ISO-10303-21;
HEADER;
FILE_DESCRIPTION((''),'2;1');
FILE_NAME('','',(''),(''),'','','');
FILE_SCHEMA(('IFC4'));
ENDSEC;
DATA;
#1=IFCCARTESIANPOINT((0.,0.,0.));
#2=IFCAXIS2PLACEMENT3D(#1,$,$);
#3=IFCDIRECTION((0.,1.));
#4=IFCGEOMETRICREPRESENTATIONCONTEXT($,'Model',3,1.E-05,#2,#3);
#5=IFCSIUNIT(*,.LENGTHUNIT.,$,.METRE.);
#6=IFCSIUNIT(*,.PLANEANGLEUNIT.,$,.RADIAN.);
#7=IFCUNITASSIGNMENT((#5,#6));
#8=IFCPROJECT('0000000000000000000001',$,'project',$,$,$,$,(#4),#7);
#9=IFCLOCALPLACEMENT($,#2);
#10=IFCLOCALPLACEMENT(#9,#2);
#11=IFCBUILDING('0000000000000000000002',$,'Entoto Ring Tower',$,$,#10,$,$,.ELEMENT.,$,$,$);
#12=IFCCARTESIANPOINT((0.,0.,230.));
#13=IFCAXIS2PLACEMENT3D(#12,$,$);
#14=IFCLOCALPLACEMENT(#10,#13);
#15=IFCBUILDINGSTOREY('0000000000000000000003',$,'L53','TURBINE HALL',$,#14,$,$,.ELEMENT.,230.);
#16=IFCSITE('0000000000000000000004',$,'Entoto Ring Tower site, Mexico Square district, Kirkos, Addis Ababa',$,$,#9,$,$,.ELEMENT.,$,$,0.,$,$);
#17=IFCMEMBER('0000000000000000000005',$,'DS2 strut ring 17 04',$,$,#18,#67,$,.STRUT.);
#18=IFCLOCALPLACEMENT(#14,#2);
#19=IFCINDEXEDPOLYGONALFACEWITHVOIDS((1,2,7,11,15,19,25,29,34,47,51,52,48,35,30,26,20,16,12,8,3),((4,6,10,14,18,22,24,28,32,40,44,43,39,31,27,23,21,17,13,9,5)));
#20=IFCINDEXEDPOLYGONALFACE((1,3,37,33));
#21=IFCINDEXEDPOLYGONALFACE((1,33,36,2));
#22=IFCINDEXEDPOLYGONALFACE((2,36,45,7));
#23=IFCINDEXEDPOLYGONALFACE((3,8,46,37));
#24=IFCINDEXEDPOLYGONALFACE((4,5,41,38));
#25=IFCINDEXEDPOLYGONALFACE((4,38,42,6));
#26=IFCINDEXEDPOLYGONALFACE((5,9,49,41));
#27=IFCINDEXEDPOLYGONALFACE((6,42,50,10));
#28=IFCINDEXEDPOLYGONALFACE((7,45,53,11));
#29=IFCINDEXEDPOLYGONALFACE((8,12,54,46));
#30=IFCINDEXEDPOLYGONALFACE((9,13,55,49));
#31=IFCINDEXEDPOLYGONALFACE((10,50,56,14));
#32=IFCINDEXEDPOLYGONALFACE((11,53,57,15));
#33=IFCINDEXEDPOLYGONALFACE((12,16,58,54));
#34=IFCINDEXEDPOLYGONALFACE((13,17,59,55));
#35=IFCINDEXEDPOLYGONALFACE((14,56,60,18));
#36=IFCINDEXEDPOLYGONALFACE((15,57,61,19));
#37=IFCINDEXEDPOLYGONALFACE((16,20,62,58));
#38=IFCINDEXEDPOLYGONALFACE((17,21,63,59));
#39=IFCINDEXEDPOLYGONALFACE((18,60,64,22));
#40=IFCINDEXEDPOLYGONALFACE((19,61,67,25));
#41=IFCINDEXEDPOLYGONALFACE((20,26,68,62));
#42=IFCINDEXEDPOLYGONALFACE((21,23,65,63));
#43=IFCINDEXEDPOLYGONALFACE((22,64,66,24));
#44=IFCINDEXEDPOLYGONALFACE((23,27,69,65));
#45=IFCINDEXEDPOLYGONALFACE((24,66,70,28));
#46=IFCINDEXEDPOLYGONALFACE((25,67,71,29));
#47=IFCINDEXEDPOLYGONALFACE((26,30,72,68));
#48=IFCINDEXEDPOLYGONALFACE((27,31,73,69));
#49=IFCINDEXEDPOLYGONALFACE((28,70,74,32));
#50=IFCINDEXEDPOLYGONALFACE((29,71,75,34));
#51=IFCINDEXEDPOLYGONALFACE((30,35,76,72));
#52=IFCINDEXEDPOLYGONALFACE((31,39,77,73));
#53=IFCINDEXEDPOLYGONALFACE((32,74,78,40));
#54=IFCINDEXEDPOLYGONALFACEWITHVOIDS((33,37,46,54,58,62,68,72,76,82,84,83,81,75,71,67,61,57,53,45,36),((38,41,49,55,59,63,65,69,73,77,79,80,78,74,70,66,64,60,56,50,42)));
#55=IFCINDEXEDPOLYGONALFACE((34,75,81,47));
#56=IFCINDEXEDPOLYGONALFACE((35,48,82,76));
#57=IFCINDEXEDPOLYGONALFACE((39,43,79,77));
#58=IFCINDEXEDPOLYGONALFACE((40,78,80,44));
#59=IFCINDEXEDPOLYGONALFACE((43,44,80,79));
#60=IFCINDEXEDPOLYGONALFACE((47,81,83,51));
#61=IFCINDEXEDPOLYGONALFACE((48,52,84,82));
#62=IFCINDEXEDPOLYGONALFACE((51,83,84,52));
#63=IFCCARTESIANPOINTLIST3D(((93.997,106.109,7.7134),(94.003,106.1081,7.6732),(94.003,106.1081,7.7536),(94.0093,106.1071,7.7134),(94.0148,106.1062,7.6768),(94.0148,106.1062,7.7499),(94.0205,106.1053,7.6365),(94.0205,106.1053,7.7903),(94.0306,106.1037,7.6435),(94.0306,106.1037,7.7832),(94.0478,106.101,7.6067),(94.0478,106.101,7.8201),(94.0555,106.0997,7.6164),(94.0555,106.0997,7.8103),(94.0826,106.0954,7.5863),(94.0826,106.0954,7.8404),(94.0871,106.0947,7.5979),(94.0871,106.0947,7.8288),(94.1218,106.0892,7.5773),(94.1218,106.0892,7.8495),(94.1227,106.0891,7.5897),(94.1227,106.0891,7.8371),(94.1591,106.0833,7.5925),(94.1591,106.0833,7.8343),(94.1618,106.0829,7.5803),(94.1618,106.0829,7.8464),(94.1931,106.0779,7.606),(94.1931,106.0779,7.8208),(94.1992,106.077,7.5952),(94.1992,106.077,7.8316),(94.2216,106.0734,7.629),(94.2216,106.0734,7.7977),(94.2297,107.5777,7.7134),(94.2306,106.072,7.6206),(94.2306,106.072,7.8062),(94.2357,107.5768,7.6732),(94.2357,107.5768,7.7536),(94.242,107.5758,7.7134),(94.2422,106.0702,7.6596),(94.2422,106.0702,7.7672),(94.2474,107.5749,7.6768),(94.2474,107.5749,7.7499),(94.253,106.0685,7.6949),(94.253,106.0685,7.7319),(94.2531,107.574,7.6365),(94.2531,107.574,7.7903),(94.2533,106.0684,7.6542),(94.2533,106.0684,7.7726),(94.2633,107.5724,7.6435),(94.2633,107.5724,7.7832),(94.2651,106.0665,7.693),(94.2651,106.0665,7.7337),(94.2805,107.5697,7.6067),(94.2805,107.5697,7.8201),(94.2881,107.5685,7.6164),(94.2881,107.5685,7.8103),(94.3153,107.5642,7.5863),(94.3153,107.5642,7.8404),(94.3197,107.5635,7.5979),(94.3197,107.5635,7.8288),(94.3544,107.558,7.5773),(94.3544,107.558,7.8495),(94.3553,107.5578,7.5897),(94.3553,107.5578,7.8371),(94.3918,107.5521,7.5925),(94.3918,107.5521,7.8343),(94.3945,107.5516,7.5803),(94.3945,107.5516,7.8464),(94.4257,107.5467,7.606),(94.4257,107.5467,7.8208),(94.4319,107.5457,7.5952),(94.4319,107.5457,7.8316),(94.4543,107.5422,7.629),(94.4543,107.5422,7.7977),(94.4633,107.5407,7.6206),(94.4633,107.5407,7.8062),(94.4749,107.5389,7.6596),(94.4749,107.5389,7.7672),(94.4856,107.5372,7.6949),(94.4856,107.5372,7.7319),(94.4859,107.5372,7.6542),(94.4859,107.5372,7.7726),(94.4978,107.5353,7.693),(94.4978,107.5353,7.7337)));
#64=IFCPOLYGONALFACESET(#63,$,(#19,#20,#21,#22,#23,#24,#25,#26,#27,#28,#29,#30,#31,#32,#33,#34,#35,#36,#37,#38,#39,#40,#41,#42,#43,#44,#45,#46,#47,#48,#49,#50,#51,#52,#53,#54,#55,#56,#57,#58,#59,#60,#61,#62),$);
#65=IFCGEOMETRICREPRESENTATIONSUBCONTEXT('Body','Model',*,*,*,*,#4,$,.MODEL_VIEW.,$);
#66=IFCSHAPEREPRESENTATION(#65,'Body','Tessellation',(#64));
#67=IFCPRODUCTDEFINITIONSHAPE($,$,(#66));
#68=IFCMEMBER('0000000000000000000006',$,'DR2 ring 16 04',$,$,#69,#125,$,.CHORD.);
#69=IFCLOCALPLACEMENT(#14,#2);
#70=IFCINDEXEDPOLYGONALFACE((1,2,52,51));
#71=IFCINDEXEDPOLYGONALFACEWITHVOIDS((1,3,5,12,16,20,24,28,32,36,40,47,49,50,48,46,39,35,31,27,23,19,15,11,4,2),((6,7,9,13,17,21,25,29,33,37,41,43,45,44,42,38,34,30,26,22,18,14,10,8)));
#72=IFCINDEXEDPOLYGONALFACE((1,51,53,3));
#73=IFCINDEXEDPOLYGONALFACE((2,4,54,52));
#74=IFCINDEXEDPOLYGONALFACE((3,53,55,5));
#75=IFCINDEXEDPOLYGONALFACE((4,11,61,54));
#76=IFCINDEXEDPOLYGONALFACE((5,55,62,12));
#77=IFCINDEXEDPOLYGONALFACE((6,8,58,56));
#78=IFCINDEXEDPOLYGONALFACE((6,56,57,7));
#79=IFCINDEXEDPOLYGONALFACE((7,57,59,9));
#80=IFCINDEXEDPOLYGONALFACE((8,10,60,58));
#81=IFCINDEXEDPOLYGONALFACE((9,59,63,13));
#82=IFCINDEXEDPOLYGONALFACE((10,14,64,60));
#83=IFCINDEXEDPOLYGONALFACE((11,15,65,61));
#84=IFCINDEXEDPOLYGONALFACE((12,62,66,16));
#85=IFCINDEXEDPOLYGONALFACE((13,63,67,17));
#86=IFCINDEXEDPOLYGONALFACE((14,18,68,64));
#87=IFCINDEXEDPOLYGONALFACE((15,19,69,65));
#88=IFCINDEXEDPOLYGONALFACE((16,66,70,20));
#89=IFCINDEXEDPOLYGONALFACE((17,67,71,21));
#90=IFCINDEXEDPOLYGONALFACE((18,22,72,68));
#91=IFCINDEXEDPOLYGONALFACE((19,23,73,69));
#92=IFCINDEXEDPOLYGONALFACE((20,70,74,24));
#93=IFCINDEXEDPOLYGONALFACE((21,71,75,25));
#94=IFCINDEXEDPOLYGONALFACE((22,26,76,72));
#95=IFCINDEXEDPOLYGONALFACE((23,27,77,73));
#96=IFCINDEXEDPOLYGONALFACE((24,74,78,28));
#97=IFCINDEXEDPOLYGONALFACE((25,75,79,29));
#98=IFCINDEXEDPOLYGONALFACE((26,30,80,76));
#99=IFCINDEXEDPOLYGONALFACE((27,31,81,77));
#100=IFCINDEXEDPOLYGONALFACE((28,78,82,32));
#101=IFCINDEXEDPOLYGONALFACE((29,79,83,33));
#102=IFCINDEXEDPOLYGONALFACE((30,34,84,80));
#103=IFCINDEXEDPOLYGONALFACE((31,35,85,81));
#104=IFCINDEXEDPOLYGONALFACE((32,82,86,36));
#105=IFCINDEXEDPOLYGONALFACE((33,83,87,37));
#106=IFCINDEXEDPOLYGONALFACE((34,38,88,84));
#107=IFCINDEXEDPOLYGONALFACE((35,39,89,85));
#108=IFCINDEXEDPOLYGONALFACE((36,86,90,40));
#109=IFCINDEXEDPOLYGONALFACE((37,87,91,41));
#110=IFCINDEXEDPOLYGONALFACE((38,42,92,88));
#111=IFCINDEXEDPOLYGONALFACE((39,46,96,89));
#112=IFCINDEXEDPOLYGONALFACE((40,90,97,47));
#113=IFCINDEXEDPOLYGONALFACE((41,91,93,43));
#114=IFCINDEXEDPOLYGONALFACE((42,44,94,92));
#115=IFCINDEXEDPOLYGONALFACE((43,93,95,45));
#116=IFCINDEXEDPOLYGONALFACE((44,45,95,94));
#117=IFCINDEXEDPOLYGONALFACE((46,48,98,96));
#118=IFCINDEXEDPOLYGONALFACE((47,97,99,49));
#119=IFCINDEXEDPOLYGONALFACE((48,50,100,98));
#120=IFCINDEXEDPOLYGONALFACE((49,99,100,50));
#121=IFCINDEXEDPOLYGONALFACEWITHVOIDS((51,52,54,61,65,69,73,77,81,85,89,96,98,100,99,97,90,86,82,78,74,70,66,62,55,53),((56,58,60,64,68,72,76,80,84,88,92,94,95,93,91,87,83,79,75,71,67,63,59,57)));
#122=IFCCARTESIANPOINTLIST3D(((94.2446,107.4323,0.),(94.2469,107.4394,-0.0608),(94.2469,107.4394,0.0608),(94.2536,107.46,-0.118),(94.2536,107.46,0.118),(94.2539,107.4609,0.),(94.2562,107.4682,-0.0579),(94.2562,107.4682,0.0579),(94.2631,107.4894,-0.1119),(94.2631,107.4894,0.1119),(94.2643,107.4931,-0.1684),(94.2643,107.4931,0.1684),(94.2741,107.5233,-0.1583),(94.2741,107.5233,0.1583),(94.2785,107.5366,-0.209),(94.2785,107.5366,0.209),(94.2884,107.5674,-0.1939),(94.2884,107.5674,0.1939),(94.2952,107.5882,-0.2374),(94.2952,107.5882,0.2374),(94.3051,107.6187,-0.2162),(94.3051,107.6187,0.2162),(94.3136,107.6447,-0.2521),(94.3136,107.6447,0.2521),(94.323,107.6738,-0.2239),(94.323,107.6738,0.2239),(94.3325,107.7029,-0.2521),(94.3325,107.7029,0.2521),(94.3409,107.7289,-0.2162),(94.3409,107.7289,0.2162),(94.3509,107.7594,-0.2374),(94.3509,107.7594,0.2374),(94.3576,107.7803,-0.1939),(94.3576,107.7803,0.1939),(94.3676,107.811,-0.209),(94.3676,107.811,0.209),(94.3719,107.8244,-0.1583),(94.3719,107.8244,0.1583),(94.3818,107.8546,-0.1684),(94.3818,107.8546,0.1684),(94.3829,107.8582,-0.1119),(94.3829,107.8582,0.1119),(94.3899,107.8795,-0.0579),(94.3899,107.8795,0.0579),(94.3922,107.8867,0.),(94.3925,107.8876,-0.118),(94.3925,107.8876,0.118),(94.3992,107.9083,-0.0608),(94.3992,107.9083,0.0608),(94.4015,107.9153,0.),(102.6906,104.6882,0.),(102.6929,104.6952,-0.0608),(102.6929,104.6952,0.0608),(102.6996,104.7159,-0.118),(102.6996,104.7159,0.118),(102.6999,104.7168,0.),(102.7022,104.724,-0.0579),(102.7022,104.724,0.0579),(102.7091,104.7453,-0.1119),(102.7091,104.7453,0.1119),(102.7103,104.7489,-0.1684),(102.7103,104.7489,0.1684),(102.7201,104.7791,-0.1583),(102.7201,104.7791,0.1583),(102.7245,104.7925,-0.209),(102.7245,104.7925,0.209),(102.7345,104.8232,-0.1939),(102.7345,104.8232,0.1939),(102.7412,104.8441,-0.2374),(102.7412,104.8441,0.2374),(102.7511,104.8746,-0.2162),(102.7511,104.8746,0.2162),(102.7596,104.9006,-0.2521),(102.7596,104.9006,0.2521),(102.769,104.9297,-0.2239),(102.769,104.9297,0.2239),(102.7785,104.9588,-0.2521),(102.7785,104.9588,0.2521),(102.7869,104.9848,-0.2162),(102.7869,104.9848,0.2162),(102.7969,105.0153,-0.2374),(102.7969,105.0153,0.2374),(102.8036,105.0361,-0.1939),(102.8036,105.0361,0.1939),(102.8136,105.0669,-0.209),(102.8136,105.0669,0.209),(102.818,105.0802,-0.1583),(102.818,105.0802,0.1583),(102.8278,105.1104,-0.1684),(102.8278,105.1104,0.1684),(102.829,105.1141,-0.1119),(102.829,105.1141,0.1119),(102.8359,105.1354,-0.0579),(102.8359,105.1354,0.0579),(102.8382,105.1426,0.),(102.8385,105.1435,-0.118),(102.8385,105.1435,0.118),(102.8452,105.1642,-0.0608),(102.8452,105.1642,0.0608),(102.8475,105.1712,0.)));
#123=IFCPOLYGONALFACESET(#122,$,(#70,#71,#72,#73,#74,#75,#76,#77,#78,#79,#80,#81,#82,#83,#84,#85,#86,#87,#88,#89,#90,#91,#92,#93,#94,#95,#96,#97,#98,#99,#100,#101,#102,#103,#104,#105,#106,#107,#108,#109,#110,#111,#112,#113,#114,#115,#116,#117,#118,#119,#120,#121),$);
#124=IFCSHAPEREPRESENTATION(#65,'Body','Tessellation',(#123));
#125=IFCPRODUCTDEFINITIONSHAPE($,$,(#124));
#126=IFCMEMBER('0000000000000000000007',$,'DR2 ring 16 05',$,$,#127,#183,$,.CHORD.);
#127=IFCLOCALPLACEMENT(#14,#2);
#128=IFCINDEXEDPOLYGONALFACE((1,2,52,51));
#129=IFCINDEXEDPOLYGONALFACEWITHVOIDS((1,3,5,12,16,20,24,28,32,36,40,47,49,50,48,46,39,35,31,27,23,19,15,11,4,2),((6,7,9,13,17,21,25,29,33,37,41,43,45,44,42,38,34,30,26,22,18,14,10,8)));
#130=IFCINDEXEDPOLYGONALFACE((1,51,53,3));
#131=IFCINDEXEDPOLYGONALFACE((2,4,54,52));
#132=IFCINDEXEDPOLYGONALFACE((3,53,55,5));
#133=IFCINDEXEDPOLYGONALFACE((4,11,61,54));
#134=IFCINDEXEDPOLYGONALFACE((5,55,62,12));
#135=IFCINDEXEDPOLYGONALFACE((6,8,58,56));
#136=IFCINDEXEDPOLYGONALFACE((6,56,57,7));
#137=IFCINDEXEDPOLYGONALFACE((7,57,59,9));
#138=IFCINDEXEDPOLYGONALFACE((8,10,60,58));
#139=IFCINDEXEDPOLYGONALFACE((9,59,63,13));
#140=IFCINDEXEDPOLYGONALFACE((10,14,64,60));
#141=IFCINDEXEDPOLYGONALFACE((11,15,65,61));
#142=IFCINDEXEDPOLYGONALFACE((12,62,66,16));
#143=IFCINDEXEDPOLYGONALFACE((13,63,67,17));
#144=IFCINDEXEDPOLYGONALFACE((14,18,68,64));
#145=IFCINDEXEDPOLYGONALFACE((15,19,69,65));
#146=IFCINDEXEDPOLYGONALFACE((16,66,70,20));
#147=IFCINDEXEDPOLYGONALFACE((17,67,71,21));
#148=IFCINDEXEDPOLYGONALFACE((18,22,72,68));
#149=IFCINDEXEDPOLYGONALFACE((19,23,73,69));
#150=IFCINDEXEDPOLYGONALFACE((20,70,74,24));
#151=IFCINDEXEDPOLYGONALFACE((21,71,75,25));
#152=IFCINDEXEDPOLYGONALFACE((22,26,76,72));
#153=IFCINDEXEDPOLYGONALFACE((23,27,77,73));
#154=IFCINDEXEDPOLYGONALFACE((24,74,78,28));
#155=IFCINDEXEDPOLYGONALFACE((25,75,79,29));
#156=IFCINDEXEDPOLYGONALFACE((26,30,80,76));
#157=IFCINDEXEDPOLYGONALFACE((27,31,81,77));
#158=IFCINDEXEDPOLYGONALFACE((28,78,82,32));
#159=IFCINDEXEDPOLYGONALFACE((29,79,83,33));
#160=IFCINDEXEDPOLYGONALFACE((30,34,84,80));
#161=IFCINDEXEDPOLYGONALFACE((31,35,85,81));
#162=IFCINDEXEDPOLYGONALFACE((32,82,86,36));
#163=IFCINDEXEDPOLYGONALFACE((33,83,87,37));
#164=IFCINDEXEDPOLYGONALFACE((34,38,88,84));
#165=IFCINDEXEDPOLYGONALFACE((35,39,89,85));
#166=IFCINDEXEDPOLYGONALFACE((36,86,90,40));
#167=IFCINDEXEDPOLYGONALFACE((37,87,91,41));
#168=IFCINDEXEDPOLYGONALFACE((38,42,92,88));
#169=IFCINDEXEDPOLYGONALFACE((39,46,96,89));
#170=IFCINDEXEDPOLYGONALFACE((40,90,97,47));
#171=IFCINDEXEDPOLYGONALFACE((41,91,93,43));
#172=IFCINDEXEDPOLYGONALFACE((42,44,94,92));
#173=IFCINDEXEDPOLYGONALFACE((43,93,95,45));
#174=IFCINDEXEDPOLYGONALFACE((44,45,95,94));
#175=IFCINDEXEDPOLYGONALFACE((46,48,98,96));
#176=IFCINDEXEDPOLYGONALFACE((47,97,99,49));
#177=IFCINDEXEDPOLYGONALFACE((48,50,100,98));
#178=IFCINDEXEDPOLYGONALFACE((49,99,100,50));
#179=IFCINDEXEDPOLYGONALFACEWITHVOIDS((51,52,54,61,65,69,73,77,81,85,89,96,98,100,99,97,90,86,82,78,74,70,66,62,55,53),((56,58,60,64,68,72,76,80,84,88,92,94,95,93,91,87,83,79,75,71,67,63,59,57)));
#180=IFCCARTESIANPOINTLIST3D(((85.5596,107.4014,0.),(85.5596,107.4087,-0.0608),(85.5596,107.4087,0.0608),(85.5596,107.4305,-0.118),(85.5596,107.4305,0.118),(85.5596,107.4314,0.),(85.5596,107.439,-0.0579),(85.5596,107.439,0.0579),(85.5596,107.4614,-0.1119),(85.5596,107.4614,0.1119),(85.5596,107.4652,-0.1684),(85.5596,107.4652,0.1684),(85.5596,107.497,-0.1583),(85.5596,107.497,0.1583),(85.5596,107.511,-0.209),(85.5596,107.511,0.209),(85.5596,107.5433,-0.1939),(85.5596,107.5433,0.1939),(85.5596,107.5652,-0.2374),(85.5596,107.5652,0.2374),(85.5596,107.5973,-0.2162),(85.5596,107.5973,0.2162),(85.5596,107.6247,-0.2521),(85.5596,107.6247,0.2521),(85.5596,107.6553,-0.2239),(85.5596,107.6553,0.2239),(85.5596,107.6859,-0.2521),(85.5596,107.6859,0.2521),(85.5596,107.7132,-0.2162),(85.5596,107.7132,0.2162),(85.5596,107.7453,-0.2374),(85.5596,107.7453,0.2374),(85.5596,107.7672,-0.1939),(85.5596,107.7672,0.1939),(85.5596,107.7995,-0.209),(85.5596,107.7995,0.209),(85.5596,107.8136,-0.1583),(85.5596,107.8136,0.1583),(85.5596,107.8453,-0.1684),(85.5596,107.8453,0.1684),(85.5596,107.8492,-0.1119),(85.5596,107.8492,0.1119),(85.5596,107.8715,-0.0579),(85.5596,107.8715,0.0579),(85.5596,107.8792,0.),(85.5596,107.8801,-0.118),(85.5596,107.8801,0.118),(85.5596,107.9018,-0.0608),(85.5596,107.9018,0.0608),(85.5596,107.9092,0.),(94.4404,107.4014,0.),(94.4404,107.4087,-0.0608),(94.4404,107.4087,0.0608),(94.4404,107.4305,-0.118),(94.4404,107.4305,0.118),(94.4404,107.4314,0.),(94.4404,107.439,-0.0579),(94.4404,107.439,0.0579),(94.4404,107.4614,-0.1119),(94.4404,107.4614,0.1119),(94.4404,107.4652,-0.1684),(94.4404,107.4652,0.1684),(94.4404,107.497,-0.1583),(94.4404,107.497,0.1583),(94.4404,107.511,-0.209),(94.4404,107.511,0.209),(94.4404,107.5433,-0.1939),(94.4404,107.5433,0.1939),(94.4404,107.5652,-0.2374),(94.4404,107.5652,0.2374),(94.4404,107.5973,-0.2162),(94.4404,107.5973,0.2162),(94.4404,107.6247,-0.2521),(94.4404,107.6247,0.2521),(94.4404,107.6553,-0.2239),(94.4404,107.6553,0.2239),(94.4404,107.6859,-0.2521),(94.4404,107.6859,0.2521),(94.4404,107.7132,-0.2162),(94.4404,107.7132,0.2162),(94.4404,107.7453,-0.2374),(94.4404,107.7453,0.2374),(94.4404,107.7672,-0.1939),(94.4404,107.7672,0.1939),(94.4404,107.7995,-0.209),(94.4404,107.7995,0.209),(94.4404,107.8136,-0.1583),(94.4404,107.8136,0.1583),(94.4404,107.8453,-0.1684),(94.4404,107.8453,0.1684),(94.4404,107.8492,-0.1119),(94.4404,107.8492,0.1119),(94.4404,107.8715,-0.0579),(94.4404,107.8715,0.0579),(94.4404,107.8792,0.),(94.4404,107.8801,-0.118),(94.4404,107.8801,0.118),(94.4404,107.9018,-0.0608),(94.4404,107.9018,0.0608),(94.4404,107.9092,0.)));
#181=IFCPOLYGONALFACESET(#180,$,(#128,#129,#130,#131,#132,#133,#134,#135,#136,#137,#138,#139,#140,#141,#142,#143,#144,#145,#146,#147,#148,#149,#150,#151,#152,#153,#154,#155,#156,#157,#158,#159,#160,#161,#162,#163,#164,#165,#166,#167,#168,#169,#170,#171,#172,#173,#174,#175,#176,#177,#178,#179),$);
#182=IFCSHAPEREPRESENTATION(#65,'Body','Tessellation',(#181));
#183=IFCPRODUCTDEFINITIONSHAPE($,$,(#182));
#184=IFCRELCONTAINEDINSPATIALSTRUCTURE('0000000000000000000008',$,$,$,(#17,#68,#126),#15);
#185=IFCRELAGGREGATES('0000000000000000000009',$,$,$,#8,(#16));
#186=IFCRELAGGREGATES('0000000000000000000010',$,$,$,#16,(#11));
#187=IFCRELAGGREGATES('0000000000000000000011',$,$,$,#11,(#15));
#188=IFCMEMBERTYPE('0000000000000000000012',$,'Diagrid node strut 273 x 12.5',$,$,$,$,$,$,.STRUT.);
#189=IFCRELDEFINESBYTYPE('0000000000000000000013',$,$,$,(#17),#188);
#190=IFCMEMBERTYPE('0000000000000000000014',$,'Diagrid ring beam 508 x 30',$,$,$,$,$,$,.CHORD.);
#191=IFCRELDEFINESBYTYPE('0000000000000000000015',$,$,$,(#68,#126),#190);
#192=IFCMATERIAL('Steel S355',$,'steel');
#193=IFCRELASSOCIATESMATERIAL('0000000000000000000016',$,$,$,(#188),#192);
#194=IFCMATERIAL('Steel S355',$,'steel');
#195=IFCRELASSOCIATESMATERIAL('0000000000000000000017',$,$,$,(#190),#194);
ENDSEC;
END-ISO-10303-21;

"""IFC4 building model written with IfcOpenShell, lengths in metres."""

from ifc_helpers import new_model, si_unit, direction, frame, origin, origin_2d, place, context, subcontext, project, spatial, circle, hollow_circle, extrude, material, material_profile, profile_set, type_object, element, save


model = new_model("IFC4")

# Units and contexts
model_context = context("Model", 3, precision=1e-05, world=origin(), true_north=direction((0.0, 1.0)))
body_context = subcontext(model_context, "Body", "Model", "MODEL_VIEW")
ifc_project = project(units=[si_unit("LENGTHUNIT", "METRE"), si_unit("PLANEANGLEUNIT", "RADIAN")], contexts=[model_context])

# Site, building, storey
site_placement = place(None, origin())
site = spatial("IfcSite", under=ifc_project, at=site_placement, Name="Entoto Ring Tower site, Mexico Square district, Kirkos, Addis Ababa", CompositionType="ELEMENT", RefElevation=0.0)
building_placement = place(site_placement, origin())
building = spatial("IfcBuilding", under=site, at=building_placement, Name="Entoto Ring Tower", CompositionType="ELEMENT")
storey_placement = place(building_placement, frame((0.0, 0.0, 230.0)))
storey = spatial("IfcBuildingStorey", under=building, at=storey_placement, Name="L53", Description="TURBINE HALL", CompositionType="ELEMENT", Elevation=230.0)

# Members
ifc_material_1 = material(Name="Steel S355", Category="steel")
ifc_material_profile_1 = material_profile(ifc_material_1, hollow_circle(Radius=0.1365, WallThickness=0.0125, at=origin_2d()), Name="CHS 273 x 12.5")
ifc_material_2 = material(Name="Concrete C60/75", Category="concrete")
ifc_material_profile_2 = material_profile(ifc_material_2, circle(Radius=0.124, at=origin_2d()), Name="Concrete C60/75 infill")
ifc_profile_set_1 = profile_set([ifc_material_profile_1, ifc_material_profile_2], Name="Steel S355")
member_type_1 = type_object("IfcMemberType", Name="Diagrid node strut 273 x 12.5", PredefinedType="STRUT", material=ifc_profile_set_1)
member_1_placement = place(storey_placement, frame((94.1318, 106.0876, 7.7134), z_axis=(0.15646, 0.987684, 0.0), x_axis=(-0.987684, 0.15646, 0.0)))
element("IfcMember", 1, at=member_1_placement, inside=storey, type_object=member_type_1, Name="DS2 strut ring 17 04", PredefinedType="STRUT", context=body_context, shape_type="SweptSolid", body=[
    extrude(hollow_circle(Radius=0.1365, WallThickness=0.0125, at=origin_2d()), origin(), (0.0, 0.0, 1.0), 1.4871),
])
ifc_material_3 = material(Name="Steel S355", Category="steel")
ifc_material_profile_3 = material_profile(ifc_material_3, hollow_circle(Radius=0.2539, WallThickness=0.03, at=origin_2d()), Name="CHS 508 x 30")
ifc_material_4 = material(Name="Concrete C60/75", Category="concrete")
ifc_material_profile_4 = material_profile(ifc_material_4, circle(Radius=0.2241, at=origin_2d()), Name="Concrete C60/75 infill")
ifc_profile_set_2 = profile_set([ifc_material_profile_3, ifc_material_profile_4], Name="Steel S355")
member_type_2 = type_object("IfcMemberType", Name="Diagrid ring beam 508 x 30", PredefinedType="CHORD", material=ifc_profile_set_2)
member_2_placement = place(storey_placement, frame((102.769, 104.9297, 0.0), z_axis=(-0.951061, 0.309002, 0.0), x_axis=(-0.309002, -0.951061, 0.0)))
element("IfcMember", 2, at=member_2_placement, inside=storey, type_object=member_type_2, Name="DR2 ring 16 04", PredefinedType="CHORD", context=body_context, shape_type="SweptSolid", body=[
    extrude(hollow_circle(Radius=0.2539, WallThickness=0.03, at=origin_2d()), origin(), (0.0, 0.0, 1.0), 8.8806),
])
member_3_placement = place(storey_placement, frame((94.4404, 107.6553, 0.0), z_axis=(-1.0, 0.0, 0.0), x_axis=(0.0, -1.0, 0.0)))
element("IfcMember", 3, at=member_3_placement, inside=storey, type_object=member_type_2, Name="DR2 ring 16 05", PredefinedType="CHORD", context=body_context, shape_type="SweptSolid", body=[
    extrude(hollow_circle(Radius=0.2539, WallThickness=0.03, at=origin_2d()), origin(), (0.0, 0.0, 1.0), 8.8809),
])

save(model, "model.ifc")
